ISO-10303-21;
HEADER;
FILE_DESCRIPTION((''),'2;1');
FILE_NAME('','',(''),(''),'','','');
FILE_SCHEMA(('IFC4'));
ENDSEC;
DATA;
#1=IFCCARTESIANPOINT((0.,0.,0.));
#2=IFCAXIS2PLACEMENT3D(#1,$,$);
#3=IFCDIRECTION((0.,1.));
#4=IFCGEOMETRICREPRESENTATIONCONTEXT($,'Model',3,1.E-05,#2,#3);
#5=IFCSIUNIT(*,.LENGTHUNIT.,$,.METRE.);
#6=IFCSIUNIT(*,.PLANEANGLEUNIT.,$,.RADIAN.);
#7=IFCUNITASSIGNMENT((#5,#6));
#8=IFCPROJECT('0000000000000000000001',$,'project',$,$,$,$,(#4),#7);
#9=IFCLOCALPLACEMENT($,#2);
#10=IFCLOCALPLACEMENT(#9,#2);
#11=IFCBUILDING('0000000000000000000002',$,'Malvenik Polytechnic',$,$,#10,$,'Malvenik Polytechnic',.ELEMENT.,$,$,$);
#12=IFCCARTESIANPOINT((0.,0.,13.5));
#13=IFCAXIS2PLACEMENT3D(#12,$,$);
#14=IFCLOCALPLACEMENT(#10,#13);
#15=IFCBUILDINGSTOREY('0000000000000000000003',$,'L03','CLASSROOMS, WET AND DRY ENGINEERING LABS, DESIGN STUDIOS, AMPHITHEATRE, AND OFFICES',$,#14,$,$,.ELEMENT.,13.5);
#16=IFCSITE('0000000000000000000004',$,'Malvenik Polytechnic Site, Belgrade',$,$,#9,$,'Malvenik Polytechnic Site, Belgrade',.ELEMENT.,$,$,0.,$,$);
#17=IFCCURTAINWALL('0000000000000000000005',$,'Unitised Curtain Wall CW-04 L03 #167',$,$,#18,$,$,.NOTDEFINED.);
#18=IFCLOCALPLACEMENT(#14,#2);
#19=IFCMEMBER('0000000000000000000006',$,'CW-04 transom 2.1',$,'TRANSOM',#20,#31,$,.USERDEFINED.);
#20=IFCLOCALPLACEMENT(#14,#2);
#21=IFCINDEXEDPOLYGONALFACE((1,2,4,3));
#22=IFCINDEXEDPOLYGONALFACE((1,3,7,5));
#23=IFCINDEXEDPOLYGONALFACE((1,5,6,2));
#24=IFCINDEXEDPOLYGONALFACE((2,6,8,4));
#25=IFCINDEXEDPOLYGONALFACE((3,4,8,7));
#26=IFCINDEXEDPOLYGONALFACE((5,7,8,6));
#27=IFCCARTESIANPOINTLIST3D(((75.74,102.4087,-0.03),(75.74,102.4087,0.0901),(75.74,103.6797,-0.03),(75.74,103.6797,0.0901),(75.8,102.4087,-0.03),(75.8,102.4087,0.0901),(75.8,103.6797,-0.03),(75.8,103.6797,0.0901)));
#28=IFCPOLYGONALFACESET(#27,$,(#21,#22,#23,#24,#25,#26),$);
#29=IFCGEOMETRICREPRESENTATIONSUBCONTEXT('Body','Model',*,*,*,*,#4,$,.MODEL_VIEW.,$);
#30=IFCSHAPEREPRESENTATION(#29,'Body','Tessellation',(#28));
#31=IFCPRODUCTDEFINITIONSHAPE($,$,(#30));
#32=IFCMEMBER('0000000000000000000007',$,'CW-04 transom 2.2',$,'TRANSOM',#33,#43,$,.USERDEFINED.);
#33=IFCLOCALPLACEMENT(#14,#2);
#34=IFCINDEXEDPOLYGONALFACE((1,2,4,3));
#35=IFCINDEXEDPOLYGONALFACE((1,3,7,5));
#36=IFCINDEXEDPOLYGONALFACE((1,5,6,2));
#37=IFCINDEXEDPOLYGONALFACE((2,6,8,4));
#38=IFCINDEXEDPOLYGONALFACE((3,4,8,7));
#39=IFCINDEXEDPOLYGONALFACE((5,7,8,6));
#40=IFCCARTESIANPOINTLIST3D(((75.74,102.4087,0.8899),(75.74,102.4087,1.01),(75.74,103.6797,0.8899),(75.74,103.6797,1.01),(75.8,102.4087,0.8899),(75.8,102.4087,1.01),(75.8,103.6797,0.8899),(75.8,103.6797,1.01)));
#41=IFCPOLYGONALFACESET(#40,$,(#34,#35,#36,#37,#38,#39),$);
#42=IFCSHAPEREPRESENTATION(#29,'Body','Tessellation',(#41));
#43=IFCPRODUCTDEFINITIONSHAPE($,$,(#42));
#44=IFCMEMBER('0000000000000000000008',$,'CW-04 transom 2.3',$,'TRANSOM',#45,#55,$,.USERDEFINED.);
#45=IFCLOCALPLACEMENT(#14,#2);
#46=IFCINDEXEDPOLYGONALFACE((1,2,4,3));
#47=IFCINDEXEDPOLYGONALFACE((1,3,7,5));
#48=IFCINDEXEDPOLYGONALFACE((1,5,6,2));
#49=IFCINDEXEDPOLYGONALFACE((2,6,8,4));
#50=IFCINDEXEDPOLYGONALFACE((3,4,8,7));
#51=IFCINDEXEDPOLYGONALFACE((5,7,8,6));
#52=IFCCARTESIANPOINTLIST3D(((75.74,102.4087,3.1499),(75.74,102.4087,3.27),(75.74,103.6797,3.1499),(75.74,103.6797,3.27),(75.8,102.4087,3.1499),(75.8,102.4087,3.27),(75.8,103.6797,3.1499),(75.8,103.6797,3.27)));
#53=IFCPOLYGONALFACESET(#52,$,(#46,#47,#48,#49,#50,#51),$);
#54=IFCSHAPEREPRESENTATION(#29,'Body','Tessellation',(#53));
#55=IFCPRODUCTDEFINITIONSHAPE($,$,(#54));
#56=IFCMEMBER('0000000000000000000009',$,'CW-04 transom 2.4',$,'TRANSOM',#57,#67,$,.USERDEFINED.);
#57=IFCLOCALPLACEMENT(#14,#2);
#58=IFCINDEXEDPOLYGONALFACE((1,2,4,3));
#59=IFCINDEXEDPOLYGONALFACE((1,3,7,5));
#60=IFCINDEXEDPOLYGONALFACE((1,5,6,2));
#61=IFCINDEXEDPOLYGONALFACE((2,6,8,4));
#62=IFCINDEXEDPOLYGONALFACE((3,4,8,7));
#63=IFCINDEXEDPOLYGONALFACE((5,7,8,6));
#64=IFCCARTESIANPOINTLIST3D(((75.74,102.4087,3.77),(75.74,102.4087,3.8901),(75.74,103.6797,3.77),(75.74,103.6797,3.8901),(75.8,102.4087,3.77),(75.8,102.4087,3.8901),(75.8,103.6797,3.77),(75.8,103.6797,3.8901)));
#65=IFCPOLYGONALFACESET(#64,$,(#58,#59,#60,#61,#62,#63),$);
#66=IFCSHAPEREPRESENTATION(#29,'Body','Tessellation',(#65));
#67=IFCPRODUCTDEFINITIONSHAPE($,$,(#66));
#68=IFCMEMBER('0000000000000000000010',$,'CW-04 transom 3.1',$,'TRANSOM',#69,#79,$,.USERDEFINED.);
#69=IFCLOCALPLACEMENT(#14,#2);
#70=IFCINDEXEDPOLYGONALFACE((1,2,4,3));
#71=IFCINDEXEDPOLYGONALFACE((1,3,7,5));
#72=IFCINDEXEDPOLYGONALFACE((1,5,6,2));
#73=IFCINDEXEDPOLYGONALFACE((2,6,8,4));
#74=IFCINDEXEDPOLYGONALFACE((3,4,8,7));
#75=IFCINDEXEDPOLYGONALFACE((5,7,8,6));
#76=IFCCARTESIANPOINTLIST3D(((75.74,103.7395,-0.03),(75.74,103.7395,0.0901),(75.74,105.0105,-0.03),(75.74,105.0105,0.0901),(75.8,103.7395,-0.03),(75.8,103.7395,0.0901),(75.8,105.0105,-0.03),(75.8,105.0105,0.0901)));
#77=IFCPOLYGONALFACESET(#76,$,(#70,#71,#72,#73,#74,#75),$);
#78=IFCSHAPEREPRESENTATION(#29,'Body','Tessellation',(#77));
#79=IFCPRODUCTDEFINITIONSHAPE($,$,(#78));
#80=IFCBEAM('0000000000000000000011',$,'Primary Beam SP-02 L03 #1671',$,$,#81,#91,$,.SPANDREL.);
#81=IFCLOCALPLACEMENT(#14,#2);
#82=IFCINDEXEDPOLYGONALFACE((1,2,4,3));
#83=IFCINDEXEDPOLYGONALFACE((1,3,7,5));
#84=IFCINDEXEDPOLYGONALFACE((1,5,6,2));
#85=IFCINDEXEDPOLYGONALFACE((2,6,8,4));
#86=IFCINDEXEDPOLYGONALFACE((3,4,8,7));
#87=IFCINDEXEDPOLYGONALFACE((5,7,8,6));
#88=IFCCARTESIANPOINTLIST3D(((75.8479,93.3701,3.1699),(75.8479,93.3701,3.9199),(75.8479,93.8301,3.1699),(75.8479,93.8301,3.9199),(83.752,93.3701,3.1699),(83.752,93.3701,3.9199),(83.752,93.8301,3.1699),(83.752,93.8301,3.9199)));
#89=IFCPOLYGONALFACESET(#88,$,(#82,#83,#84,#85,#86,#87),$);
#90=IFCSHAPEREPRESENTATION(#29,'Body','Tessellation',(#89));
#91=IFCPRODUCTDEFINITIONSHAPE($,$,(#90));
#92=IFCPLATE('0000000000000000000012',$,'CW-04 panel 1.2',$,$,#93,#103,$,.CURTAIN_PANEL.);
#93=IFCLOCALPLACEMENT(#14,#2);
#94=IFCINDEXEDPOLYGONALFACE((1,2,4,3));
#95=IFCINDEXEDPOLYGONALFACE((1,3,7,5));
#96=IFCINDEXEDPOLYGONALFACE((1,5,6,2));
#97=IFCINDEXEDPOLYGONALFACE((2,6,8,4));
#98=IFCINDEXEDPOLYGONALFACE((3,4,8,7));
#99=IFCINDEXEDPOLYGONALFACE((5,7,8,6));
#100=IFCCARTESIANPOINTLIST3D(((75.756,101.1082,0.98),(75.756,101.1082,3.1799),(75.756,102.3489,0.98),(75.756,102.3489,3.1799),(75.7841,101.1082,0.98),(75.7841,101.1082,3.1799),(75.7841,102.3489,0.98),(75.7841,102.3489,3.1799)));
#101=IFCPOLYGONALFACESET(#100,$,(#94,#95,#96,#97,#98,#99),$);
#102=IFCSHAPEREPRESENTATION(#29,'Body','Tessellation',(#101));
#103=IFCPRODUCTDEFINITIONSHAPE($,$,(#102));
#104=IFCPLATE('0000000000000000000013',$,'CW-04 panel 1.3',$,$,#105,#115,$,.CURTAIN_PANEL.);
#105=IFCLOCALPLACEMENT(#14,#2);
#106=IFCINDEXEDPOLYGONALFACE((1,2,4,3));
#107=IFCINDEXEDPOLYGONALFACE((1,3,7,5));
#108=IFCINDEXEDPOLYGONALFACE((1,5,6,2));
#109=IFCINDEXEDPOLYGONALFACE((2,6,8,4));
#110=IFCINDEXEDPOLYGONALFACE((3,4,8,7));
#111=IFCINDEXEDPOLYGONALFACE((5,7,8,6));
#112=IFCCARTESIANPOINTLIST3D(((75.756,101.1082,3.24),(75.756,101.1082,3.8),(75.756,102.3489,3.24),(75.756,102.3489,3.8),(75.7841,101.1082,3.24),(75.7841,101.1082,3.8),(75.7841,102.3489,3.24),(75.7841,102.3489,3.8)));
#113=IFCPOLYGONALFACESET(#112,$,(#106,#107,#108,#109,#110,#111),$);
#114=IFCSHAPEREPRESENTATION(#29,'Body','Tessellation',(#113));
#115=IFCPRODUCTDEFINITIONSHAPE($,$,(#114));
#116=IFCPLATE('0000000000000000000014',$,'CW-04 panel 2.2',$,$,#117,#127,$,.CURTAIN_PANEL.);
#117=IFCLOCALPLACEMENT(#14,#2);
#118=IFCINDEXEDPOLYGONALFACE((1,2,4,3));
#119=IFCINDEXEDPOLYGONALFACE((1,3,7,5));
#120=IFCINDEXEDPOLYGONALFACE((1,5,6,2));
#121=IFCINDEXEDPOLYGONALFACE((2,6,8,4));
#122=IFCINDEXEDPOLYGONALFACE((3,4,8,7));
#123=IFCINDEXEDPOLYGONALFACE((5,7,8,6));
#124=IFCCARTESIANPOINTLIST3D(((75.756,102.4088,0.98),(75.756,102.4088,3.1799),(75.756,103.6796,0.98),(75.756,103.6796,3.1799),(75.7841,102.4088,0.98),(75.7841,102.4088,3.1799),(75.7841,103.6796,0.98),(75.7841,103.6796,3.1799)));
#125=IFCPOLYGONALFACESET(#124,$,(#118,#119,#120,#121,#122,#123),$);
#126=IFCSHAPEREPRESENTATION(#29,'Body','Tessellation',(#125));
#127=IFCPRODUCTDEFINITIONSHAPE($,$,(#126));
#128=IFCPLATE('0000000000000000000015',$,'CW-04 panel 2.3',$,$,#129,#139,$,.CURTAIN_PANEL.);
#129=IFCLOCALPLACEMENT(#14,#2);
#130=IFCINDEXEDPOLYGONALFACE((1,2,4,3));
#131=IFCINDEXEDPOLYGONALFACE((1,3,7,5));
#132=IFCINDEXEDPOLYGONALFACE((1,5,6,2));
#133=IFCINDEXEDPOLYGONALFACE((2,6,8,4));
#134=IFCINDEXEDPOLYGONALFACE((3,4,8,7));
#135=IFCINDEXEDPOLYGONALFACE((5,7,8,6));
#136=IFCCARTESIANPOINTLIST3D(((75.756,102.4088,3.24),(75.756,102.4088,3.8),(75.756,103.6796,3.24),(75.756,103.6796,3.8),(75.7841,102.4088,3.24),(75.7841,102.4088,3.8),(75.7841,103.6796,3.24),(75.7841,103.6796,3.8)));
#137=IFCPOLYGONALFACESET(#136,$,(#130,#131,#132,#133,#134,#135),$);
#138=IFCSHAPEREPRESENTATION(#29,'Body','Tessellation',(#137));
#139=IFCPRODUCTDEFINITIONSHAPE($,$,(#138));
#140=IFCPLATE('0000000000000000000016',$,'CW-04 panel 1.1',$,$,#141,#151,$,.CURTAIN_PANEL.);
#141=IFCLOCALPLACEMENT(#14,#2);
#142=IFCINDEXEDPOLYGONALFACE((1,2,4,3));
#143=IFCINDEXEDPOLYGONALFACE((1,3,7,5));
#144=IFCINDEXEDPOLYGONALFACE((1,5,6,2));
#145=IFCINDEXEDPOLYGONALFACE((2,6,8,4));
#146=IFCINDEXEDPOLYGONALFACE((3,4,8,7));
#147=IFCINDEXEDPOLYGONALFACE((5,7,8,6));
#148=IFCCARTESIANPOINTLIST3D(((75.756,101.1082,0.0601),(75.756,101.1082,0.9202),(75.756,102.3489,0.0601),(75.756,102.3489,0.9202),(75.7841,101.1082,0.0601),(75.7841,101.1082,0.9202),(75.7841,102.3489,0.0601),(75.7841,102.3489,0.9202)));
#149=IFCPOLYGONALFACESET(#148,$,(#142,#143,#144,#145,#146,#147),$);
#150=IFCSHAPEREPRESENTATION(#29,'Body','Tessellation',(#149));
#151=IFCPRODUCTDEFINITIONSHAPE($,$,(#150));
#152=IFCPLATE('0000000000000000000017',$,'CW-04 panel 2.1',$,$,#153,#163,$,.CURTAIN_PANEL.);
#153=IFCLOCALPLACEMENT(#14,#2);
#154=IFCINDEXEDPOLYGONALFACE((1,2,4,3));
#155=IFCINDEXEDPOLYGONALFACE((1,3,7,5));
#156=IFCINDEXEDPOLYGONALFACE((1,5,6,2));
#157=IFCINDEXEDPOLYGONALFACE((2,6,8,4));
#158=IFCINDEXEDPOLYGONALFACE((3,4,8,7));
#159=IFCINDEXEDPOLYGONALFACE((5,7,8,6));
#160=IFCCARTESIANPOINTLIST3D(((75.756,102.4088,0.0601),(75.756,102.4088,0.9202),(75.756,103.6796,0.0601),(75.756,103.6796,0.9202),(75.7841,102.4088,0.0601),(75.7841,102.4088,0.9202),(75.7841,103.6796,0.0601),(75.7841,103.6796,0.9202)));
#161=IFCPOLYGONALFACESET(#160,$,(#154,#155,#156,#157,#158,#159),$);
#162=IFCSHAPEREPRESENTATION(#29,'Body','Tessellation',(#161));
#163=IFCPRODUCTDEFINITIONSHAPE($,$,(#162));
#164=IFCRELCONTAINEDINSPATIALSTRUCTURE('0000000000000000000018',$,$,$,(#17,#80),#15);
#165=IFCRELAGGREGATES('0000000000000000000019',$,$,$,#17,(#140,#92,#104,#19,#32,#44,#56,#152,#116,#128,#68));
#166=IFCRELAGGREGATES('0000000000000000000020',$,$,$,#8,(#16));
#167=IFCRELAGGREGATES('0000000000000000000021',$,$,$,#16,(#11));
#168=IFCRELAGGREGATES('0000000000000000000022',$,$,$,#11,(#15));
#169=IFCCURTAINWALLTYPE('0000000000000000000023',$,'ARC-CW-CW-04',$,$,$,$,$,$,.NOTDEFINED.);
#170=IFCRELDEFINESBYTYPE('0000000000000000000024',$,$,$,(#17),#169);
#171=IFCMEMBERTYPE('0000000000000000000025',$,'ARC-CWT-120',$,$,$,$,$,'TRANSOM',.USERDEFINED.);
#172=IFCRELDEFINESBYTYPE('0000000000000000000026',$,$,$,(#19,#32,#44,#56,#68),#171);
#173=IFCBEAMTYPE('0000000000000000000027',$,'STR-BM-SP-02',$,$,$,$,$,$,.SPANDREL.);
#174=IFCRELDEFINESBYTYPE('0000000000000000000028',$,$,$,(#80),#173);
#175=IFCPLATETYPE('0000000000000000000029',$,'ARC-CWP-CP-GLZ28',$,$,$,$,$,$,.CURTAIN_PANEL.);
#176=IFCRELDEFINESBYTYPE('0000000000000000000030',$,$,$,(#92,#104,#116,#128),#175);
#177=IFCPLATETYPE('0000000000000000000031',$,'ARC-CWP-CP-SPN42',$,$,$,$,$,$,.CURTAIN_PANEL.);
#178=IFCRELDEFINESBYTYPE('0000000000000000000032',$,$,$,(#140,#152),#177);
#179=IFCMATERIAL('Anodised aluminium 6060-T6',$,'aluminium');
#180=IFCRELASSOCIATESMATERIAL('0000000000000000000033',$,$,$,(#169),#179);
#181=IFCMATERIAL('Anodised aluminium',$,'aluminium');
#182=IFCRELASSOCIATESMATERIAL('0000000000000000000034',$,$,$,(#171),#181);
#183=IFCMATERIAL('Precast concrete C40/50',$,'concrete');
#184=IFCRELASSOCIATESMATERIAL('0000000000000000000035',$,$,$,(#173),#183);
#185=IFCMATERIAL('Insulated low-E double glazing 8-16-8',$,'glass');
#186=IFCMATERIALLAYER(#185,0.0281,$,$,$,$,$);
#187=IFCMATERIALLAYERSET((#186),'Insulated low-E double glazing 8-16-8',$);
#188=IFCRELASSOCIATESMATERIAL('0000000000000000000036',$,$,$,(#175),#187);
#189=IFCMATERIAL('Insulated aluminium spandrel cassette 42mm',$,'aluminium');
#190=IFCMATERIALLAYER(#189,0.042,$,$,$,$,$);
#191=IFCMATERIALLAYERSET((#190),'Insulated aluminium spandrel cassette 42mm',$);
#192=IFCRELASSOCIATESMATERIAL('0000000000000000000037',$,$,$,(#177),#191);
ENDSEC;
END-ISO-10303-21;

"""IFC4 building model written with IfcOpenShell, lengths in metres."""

from ifc_helpers import new_model, si_unit, direction, frame, origin, origin_2d, place, context, subcontext, project, spatial, rectangle, extrude, material, layer, layer_set, material_profile, profile_set, type_object, element, aggregate, save


model = new_model("IFC4")

# Units and contexts
model_context = context("Model", 3, precision=1e-05, world=origin(), true_north=direction((0.0, 1.0)))
body_context = subcontext(model_context, "Body", "Model", "MODEL_VIEW")
ifc_project = project(units=[si_unit("LENGTHUNIT", "METRE"), si_unit("PLANEANGLEUNIT", "RADIAN")], contexts=[model_context])

# Site, building, storey
site_placement = place(None, origin())
site = spatial("IfcSite", under=ifc_project, at=site_placement, Name="Malvenik Polytechnic Site, Belgrade", LongName="Malvenik Polytechnic Site, Belgrade", CompositionType="ELEMENT", RefElevation=0.0)
building_placement = place(site_placement, origin())
building = spatial("IfcBuilding", under=site, at=building_placement, Name="Malvenik Polytechnic", LongName="Malvenik Polytechnic", CompositionType="ELEMENT")
storey_placement = place(building_placement, frame((0.0, 0.0, 13.5)))
storey = spatial("IfcBuildingStorey", under=building, at=storey_placement, Name="L03", Description="CLASSROOMS, WET AND DRY ENGINEERING LABS, DESIGN STUDIOS, AMPHITHEATRE, AND OFFICES", CompositionType="ELEMENT", Elevation=13.5)

# Curtain wall, members
ifc_material_1 = material(Name="Anodised aluminium 6060-T6", Category="aluminium")
curtain_wall_type = type_object("IfcCurtainWallType", Name="ARC-CW-CW-04", PredefinedType="NOTDEFINED", material=ifc_material_1)
curtain_wall_placement = place(storey_placement, origin())
curtain_wall = element("IfcCurtainWall", 1, at=curtain_wall_placement, inside=storey, type_object=curtain_wall_type, Name="Unitised Curtain Wall CW-04 L03 #167", PredefinedType="NOTDEFINED")
ifc_material_2 = material(Name="Anodised aluminium", Category="aluminium")
ifc_material_profile_1 = material_profile(ifc_material_2, rectangle(XDim=0.0601, YDim=0.1201, at=origin_2d()), Name="ALU TRANSOM 60x120")
ifc_profile_set_1 = profile_set([ifc_material_profile_1], Name="Anodised aluminium")
member_type_1 = type_object("IfcMemberType", Name="ARC-CWT-120", ElementType="TRANSOM", PredefinedType="USERDEFINED", material=ifc_profile_set_1)
member_1_placement = place(storey_placement, frame((75.77, 102.4087, 0.03), z_axis=(0.0, 1.0, 0.0), x_axis=(-1.0, 0.0, 0.0)))
member_1 = element("IfcMember", 2, at=member_1_placement, type_object=member_type_1, Name="CW-04 transom 2.1", ObjectType="TRANSOM", PredefinedType="USERDEFINED", context=body_context, shape_type="SweptSolid", body=[
    extrude(rectangle(XDim=0.0601, YDim=0.1201, at=origin_2d()), origin(), (0.0, 0.0, 1.0), 1.271),
])
member_2_placement = place(storey_placement, frame((75.77, 102.4087, 0.95), z_axis=(0.0, 1.0, 0.0), x_axis=(-1.0, 0.0, 0.0)))
member_2 = element("IfcMember", 3, at=member_2_placement, type_object=member_type_1, Name="CW-04 transom 2.2", ObjectType="TRANSOM", PredefinedType="USERDEFINED", context=body_context, shape_type="SweptSolid", body=[
    extrude(rectangle(XDim=0.0601, YDim=0.1201, at=origin_2d()), origin(), (0.0, 0.0, 1.0), 1.271),
])
member_3_placement = place(storey_placement, frame((75.77, 102.4087, 3.21), z_axis=(0.0, 1.0, 0.0), x_axis=(-1.0, 0.0, 0.0)))
member_3 = element("IfcMember", 4, at=member_3_placement, type_object=member_type_1, Name="CW-04 transom 2.3", ObjectType="TRANSOM", PredefinedType="USERDEFINED", context=body_context, shape_type="SweptSolid", body=[
    extrude(rectangle(XDim=0.0601, YDim=0.1201, at=origin_2d()), origin(), (0.0, 0.0, 1.0), 1.271),
])
member_4_placement = place(storey_placement, frame((75.77, 102.4087, 3.8301), z_axis=(0.0, 1.0, 0.0), x_axis=(-1.0, 0.0, 0.0)))
member_4 = element("IfcMember", 5, at=member_4_placement, type_object=member_type_1, Name="CW-04 transom 2.4", ObjectType="TRANSOM", PredefinedType="USERDEFINED", context=body_context, shape_type="SweptSolid", body=[
    extrude(rectangle(XDim=0.0601, YDim=0.1201, at=origin_2d()), origin(), (0.0, 0.0, 1.0), 1.271),
])
member_5_placement = place(storey_placement, frame((75.77, 103.7395, 0.03), z_axis=(0.0, 1.0, 0.0), x_axis=(-1.0, 0.0, 0.0)))
member_5 = element("IfcMember", 6, at=member_5_placement, type_object=member_type_1, Name="CW-04 transom 3.1", ObjectType="TRANSOM", PredefinedType="USERDEFINED", context=body_context, shape_type="SweptSolid", body=[
    extrude(rectangle(XDim=0.0601, YDim=0.1201, at=origin_2d()), origin(), (0.0, 0.0, 1.0), 1.271),
])

# Beam
ifc_material_3 = material(Name="Precast concrete C40/50", Category="concrete")
ifc_material_profile_2 = material_profile(ifc_material_3, rectangle(XDim=0.46, YDim=0.75, at=origin_2d()), Name="PC SPN 460x750")
ifc_profile_set_2 = profile_set([ifc_material_profile_2], Name="Precast concrete C40/50")
beam_type = type_object("IfcBeamType", Name="STR-BM-SP-02", PredefinedType="SPANDREL", material=ifc_profile_set_2)
beam_placement = place(storey_placement, frame((75.8479, 93.6001, 3.5449), z_axis=(1.0, 0.0, 0.0), x_axis=(0.0, 1.0, 0.0)))
element("IfcBeam", 7, at=beam_placement, inside=storey, type_object=beam_type, Name="Primary Beam SP-02 L03 #1671", PredefinedType="SPANDREL", context=body_context, shape_type="SweptSolid", body=[
    extrude(rectangle(XDim=0.46, YDim=0.75, at=origin_2d()), origin(), (0.0, 0.0, 1.0), 7.9041),
])

# Plates
ifc_material_4 = material(Name="Insulated low-E double glazing 8-16-8", Category="glass")
ifc_layer_1 = layer(ifc_material_4, 0.0281)
ifc_layer_set_1 = layer_set([ifc_layer_1], Name="Insulated low-E double glazing 8-16-8")
plate_type_1 = type_object("IfcPlateType", Name="ARC-CWP-CP-GLZ28", PredefinedType="CURTAIN_PANEL", material=ifc_layer_set_1)
plate_1_placement = place(storey_placement, frame((75.77, 101.7285, 0.98), z_axis=(0.0, 0.0, 1.0), x_axis=(0.0, 1.0, 0.0)))
plate_1 = element("IfcPlate", 8, at=plate_1_placement, type_object=plate_type_1, Name="CW-04 panel 1.2", PredefinedType="CURTAIN_PANEL", context=body_context, shape_type="SweptSolid", body=[
    extrude(rectangle(XDim=1.2407, YDim=0.0281, at=origin_2d()), origin(), (0.0, 0.0, 1.0), 2.2),
])
plate_2_placement = place(storey_placement, frame((75.77, 101.7285, 3.24), z_axis=(0.0, 0.0, 1.0), x_axis=(0.0, 1.0, 0.0)))
plate_2 = element("IfcPlate", 9, at=plate_2_placement, type_object=plate_type_1, Name="CW-04 panel 1.3", PredefinedType="CURTAIN_PANEL", context=body_context, shape_type="SweptSolid", body=[
    extrude(rectangle(XDim=1.2407, YDim=0.0281, at=origin_2d()), origin(), (0.0, 0.0, 1.0), 0.5601),
])
plate_3_placement = place(storey_placement, frame((75.77, 103.0442, 0.98), z_axis=(0.0, 0.0, 1.0), x_axis=(0.0, 1.0, 0.0)))
plate_3 = element("IfcPlate", 10, at=plate_3_placement, type_object=plate_type_1, Name="CW-04 panel 2.2", PredefinedType="CURTAIN_PANEL", context=body_context, shape_type="SweptSolid", body=[
    extrude(rectangle(XDim=1.2708, YDim=0.0281, at=origin_2d()), origin(), (0.0, 0.0, 1.0), 2.2),
])
plate_4_placement = place(storey_placement, frame((75.77, 103.0442, 3.24), z_axis=(0.0, 0.0, 1.0), x_axis=(0.0, 1.0, 0.0)))
plate_4 = element("IfcPlate", 11, at=plate_4_placement, type_object=plate_type_1, Name="CW-04 panel 2.3", PredefinedType="CURTAIN_PANEL", context=body_context, shape_type="SweptSolid", body=[
    extrude(rectangle(XDim=1.2708, YDim=0.0281, at=origin_2d()), origin(), (0.0, 0.0, 1.0), 0.5601),
])
ifc_material_5 = material(Name="Insulated aluminium spandrel cassette 42mm", Category="aluminium")
ifc_layer_2 = layer(ifc_material_5, 0.042)
ifc_layer_set_2 = layer_set([ifc_layer_2], Name="Insulated aluminium spandrel cassette 42mm")
plate_type_2 = type_object("IfcPlateType", Name="ARC-CWP-CP-SPN42", PredefinedType="CURTAIN_PANEL", material=ifc_layer_set_2)
plate_5_placement = place(storey_placement, frame((75.77, 101.7285, 0.0601), z_axis=(0.0, 0.0, 1.0), x_axis=(0.0, 1.0, 0.0)))
plate_5 = element("IfcPlate", 12, at=plate_5_placement, type_object=plate_type_2, Name="CW-04 panel 1.1", PredefinedType="CURTAIN_PANEL", context=body_context, shape_type="SweptSolid", body=[
    extrude(rectangle(XDim=1.2407, YDim=0.0281, at=origin_2d()), origin(), (0.0, 0.0, 1.0), 0.8601),
])
plate_6_placement = place(storey_placement, frame((75.77, 103.0442, 0.0601), z_axis=(0.0, 0.0, 1.0), x_axis=(0.0, 1.0, 0.0)))
plate_6 = element("IfcPlate", 13, at=plate_6_placement, type_object=plate_type_2, Name="CW-04 panel 2.1", PredefinedType="CURTAIN_PANEL", context=body_context, shape_type="SweptSolid", body=[
    extrude(rectangle(XDim=1.2708, YDim=0.0281, at=origin_2d()), origin(), (0.0, 0.0, 1.0), 0.8601),
])
aggregate(curtain_wall, [plate_5, plate_1, plate_2, member_1, member_2, member_3, member_4, plate_6, plate_3, plate_4, member_5])

save(model, "model.ifc")
